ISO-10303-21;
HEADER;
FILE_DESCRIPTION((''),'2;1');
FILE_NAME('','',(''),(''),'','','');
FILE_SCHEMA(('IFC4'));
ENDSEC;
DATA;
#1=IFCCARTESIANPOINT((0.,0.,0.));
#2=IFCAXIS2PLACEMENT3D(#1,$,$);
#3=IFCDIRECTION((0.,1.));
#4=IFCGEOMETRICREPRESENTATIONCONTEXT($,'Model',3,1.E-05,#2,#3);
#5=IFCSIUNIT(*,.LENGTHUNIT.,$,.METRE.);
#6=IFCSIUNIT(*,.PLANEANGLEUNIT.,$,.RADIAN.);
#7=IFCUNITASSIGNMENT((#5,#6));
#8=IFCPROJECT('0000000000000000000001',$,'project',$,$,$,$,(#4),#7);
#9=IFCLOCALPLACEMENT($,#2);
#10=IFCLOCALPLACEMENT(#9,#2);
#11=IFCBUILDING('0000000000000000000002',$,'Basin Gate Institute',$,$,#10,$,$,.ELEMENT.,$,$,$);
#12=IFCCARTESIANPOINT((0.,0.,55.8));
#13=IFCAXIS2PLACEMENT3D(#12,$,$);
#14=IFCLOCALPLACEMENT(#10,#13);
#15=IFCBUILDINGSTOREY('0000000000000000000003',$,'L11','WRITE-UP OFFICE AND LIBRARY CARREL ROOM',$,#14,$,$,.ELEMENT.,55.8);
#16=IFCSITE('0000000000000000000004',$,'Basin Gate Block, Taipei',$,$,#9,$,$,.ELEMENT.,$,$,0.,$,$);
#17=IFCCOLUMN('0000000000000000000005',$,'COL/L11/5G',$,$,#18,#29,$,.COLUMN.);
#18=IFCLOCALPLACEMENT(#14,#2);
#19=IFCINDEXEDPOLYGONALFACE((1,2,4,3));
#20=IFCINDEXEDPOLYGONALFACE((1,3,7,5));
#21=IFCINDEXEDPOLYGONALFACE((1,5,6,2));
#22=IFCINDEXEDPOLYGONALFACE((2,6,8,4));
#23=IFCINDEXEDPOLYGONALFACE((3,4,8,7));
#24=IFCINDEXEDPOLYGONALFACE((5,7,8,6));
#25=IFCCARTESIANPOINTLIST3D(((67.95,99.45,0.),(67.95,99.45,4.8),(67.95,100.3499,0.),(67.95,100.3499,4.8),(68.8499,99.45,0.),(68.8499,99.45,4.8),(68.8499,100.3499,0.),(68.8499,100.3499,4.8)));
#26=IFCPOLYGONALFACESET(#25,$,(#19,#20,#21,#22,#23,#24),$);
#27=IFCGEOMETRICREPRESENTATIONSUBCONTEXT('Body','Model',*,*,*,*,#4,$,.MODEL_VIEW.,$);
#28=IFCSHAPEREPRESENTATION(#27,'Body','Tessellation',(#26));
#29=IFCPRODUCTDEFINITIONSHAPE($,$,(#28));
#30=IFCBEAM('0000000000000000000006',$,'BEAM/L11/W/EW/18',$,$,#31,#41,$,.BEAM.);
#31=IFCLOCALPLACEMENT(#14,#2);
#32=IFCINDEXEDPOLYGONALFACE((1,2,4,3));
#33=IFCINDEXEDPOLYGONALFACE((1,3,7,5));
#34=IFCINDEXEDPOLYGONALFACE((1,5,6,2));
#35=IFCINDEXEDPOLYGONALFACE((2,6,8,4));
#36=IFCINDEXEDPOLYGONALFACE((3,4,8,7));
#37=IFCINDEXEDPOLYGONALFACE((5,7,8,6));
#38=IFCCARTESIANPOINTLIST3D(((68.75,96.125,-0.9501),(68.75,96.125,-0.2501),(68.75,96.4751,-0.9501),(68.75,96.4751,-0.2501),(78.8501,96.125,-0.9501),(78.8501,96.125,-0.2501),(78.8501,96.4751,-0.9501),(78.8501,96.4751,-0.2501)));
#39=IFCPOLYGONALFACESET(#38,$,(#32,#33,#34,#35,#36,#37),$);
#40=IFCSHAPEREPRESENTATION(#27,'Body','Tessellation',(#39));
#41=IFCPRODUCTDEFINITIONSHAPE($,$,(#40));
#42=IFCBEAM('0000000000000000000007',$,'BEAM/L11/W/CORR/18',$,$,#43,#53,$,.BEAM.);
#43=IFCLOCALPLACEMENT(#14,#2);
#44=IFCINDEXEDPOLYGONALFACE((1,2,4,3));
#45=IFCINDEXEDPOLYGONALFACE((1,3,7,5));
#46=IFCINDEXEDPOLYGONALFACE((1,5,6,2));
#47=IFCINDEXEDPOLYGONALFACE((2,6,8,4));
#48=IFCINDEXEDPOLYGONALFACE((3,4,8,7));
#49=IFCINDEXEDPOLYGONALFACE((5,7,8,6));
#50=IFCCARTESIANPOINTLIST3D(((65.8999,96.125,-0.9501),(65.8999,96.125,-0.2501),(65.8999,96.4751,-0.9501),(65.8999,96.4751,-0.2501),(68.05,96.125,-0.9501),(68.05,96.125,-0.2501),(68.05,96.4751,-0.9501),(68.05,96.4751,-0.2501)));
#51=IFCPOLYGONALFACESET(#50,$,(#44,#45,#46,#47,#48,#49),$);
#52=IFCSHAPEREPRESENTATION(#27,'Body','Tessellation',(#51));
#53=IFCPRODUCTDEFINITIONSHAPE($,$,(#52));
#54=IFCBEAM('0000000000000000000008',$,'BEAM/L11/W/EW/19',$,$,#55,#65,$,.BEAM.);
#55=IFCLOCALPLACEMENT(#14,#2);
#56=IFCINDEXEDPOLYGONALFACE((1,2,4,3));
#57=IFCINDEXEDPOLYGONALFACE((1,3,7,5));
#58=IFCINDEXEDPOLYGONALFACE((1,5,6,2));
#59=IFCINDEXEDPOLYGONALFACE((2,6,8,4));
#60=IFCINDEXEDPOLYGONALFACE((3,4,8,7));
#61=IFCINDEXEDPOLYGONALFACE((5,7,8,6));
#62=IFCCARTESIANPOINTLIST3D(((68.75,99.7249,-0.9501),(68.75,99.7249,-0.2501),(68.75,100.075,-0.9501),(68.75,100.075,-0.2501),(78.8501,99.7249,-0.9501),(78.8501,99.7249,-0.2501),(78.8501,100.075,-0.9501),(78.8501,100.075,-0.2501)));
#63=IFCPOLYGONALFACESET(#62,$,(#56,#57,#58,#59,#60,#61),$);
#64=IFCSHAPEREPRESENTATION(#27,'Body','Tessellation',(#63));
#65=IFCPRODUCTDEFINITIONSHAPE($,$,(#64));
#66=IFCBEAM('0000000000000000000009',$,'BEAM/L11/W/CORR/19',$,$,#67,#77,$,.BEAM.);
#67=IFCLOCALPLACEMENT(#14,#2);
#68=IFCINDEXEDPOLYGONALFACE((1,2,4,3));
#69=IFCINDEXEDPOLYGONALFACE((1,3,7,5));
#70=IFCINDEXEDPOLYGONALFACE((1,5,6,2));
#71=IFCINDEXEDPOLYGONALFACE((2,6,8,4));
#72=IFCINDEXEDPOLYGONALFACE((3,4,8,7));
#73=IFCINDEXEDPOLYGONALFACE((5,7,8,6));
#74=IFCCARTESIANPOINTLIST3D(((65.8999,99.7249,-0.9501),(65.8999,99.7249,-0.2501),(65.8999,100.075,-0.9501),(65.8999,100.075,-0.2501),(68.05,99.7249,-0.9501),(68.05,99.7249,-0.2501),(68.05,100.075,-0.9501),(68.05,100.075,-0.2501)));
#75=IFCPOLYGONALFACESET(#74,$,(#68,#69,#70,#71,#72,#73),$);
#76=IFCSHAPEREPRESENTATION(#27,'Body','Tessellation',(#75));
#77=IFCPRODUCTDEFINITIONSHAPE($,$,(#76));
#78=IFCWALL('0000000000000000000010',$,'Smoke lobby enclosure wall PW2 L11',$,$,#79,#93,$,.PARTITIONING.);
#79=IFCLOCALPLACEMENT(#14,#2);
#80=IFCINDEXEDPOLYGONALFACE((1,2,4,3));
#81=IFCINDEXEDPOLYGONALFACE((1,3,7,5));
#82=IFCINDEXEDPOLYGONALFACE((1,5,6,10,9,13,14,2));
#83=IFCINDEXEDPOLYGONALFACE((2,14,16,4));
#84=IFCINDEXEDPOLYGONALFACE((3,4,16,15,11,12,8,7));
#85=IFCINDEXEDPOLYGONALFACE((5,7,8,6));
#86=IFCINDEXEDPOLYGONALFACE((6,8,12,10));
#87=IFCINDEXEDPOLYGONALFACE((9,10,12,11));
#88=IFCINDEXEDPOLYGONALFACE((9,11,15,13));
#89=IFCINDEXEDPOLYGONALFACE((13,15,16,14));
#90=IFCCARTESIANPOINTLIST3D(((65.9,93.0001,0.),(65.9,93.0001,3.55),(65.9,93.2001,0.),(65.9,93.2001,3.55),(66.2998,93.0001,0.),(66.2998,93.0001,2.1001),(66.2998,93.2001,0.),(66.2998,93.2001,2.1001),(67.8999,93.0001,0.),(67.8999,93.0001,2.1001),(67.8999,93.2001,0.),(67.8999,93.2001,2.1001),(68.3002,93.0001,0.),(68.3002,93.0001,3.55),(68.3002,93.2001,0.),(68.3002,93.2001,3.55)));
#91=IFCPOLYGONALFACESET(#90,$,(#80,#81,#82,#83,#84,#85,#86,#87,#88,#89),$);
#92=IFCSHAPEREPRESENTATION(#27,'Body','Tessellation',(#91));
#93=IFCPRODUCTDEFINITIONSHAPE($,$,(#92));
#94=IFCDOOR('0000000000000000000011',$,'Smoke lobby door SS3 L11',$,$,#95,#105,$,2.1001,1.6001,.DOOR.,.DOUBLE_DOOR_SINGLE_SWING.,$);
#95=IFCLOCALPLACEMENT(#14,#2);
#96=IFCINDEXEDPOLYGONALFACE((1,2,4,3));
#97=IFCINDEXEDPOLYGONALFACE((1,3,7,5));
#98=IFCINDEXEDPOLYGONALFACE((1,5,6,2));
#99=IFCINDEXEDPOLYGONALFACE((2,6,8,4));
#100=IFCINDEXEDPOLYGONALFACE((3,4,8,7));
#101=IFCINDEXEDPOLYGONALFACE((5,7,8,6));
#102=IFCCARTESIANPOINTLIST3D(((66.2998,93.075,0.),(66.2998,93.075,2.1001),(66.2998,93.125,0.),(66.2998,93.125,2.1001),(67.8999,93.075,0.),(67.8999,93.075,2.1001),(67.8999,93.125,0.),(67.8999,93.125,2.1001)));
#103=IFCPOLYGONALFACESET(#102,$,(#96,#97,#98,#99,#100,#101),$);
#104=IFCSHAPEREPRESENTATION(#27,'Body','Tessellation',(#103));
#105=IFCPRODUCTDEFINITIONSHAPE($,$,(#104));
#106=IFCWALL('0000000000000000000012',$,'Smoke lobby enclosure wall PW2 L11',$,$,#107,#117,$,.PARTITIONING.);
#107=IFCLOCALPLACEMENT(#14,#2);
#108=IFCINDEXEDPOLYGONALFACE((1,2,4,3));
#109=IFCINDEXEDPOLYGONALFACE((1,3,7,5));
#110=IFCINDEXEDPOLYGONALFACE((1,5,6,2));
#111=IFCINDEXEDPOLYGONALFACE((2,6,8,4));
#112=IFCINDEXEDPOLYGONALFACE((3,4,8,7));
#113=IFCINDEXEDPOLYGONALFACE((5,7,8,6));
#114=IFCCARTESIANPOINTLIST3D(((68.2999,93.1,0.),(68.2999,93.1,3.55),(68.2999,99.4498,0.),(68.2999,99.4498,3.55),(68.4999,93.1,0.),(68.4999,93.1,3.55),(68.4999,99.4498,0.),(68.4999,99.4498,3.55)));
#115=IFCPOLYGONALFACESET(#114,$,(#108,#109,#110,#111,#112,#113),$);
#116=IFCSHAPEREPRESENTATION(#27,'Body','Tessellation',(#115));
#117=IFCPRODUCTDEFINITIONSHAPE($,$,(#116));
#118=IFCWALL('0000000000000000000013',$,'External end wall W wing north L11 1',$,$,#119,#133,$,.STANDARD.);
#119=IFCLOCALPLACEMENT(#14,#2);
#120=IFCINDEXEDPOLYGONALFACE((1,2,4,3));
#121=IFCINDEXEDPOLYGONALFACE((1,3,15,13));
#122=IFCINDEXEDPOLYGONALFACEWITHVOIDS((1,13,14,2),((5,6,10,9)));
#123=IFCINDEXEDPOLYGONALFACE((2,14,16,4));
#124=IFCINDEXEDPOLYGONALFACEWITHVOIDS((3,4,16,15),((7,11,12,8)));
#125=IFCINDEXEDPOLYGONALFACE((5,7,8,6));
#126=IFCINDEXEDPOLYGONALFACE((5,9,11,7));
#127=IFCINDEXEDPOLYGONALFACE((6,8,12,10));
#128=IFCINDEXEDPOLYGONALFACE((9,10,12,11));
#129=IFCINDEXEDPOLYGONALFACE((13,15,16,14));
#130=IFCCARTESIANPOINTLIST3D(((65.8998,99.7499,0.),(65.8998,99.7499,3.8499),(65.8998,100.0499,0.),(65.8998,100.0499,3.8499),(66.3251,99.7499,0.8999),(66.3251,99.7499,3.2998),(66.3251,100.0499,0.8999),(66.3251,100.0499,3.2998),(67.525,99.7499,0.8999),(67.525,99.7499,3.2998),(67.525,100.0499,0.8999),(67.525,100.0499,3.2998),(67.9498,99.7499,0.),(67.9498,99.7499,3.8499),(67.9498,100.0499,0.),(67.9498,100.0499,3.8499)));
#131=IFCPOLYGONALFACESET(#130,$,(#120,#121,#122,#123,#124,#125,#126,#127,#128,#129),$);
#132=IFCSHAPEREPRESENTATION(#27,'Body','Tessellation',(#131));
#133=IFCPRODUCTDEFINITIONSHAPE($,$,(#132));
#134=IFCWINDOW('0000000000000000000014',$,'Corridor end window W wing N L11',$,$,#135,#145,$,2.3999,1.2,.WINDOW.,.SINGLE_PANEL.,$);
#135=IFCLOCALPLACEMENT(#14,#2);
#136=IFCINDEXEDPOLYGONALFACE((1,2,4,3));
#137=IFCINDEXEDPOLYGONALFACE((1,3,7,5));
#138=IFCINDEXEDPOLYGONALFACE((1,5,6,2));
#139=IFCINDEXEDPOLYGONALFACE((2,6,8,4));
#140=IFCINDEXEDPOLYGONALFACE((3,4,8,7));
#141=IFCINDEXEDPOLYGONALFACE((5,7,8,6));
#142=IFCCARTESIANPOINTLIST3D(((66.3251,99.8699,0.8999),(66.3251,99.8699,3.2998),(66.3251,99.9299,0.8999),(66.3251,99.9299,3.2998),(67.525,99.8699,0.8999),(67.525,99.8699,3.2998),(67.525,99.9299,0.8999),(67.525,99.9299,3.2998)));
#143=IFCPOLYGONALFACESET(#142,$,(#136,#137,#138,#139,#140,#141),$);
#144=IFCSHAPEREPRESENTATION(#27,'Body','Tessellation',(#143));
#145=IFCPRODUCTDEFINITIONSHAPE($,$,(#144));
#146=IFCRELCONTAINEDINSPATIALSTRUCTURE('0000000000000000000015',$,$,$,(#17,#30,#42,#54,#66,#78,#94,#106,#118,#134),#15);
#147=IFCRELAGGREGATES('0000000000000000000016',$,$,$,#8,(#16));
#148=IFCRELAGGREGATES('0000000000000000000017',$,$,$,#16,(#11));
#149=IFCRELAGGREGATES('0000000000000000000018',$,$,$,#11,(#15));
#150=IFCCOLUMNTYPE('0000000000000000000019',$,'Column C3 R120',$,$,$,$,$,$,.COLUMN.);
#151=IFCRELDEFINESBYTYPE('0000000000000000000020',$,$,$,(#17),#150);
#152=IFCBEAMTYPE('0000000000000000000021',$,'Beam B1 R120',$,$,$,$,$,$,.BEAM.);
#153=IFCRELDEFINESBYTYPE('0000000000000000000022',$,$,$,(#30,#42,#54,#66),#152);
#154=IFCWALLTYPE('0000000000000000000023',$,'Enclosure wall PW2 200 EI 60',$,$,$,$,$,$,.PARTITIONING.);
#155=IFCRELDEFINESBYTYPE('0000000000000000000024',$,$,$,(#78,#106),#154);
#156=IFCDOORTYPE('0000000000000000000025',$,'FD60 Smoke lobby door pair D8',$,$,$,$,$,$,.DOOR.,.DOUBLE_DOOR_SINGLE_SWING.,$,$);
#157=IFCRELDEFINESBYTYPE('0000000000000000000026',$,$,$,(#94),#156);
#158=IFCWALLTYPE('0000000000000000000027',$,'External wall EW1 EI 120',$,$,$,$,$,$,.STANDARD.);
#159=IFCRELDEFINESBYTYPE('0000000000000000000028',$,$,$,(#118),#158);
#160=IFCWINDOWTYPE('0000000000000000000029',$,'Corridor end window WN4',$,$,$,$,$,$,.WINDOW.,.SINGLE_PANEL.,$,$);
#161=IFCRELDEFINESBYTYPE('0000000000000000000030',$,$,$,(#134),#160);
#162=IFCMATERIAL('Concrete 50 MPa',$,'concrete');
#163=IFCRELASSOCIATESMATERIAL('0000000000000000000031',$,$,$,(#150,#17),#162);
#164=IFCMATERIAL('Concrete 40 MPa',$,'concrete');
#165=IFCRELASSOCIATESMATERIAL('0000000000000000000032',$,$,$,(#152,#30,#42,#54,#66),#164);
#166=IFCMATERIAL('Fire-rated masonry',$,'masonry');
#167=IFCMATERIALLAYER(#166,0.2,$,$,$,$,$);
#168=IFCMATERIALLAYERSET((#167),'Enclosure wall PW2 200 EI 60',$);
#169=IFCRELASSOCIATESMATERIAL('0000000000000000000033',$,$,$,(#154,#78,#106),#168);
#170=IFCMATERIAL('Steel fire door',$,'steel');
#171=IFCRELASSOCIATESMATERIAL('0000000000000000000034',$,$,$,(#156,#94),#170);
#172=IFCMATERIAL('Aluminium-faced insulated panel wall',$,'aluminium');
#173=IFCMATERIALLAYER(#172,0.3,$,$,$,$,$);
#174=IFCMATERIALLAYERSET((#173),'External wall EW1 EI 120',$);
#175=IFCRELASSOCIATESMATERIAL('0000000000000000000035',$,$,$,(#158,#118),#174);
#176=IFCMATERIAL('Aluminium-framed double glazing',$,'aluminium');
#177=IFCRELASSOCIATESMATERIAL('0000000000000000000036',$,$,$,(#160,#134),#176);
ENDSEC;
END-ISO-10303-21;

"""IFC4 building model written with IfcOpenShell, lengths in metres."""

from ifc_helpers import new_model, si_unit, direction, frame, frame_2d, origin, origin_2d, place, context, subcontext, project, spatial, rectangle, extrude, material, layer, layer_set, material_profile, profile_set, type_object, element, fill, save


model = new_model("IFC4")

# Units and contexts
model_context = context("Model", 3, precision=1e-05, world=origin(), true_north=direction((0.0, 1.0)))
body_context = subcontext(model_context, "Body", "Model", "MODEL_VIEW")
ifc_project = project(units=[si_unit("LENGTHUNIT", "METRE"), si_unit("PLANEANGLEUNIT", "RADIAN")], contexts=[model_context])

# Site, building, storey
site_placement = place(None, origin())
site = spatial("IfcSite", under=ifc_project, at=site_placement, Name="Basin Gate Block, Taipei", CompositionType="ELEMENT", RefElevation=0.0)
building_placement = place(site_placement, origin())
building = spatial("IfcBuilding", under=site, at=building_placement, Name="Basin Gate Institute", CompositionType="ELEMENT")
storey_placement = place(building_placement, frame((0.0, 0.0, 55.8)))
storey = spatial("IfcBuildingStorey", under=building, at=storey_placement, Name="L11", Description="WRITE-UP OFFICE AND LIBRARY CARREL ROOM", CompositionType="ELEMENT", Elevation=55.8)

# Column
ifc_material_1 = material(Name="Concrete 50 MPa", Category="concrete")
ifc_material_profile_1 = material_profile(ifc_material_1, rectangle(XDim=0.8999, YDim=0.8999, at=origin_2d()), Name="Column C3 900 x 900")
ifc_profile_set_1 = profile_set([ifc_material_profile_1], Name="Concrete 50 MPa")
column_type = type_object("IfcColumnType", Name="Column C3 R120", PredefinedType="COLUMN", material=ifc_profile_set_1)
column_placement = place(storey_placement, frame((68.3999, 99.8999, 0.0), z_axis=(0.0, 0.0, 1.0), x_axis=(1.0, 0.0, 0.0)))
element("IfcColumn", 1, at=column_placement, inside=storey, type_object=column_type, material=ifc_profile_set_1, Name="COL/L11/5G", PredefinedType="COLUMN", context=body_context, shape_type="SweptSolid", body=[
    extrude(rectangle(XDim=0.8999, YDim=0.8999, at=origin_2d()), origin(), (0.0, 0.0, 1.0), 4.8),
])

# Beams
ifc_material_2 = material(Name="Concrete 40 MPa", Category="concrete")
ifc_material_profile_2 = material_profile(ifc_material_2, rectangle(XDim=0.3501, YDim=0.7, at=origin_2d()), Name="Beam B1 350 x 700")
ifc_profile_set_2 = profile_set([ifc_material_profile_2], Name="Concrete 40 MPa")
beam_type = type_object("IfcBeamType", Name="Beam B1 R120", PredefinedType="BEAM", material=ifc_profile_set_2)
beam_1_placement = place(storey_placement, frame((68.75, 96.3, -0.6001), z_axis=(1.0, 0.0, 0.0), x_axis=(0.0, 1.0, 0.0)))
element("IfcBeam", 2, at=beam_1_placement, inside=storey, type_object=beam_type, material=ifc_profile_set_2, Name="BEAM/L11/W/EW/18", PredefinedType="BEAM", context=body_context, shape_type="SweptSolid", body=[
    extrude(rectangle(XDim=0.3501, YDim=0.7, at=origin_2d()), origin(), (0.0, 0.0, 1.0), 10.1001),
])
beam_2_placement = place(storey_placement, frame((65.8999, 96.3, -0.6001), z_axis=(1.0, 0.0, 0.0), x_axis=(0.0, 1.0, 0.0)))
element("IfcBeam", 3, at=beam_2_placement, inside=storey, type_object=beam_type, material=ifc_profile_set_2, Name="BEAM/L11/W/CORR/18", PredefinedType="BEAM", context=body_context, shape_type="SweptSolid", body=[
    extrude(rectangle(XDim=0.3501, YDim=0.7, at=origin_2d()), origin(), (0.0, 0.0, 1.0), 2.1501),
])
beam_3_placement = place(storey_placement, frame((68.75, 99.8999, -0.6001), z_axis=(1.0, 0.0, 0.0), x_axis=(0.0, 1.0, 0.0)))
element("IfcBeam", 4, at=beam_3_placement, inside=storey, type_object=beam_type, material=ifc_profile_set_2, Name="BEAM/L11/W/EW/19", PredefinedType="BEAM", context=body_context, shape_type="SweptSolid", body=[
    extrude(rectangle(XDim=0.3501, YDim=0.7, at=origin_2d()), origin(), (0.0, 0.0, 1.0), 10.1001),
])
beam_4_placement = place(storey_placement, frame((65.8999, 99.8999, -0.6001), z_axis=(1.0, 0.0, 0.0), x_axis=(0.0, 1.0, 0.0)))
element("IfcBeam", 5, at=beam_4_placement, inside=storey, type_object=beam_type, material=ifc_profile_set_2, Name="BEAM/L11/W/CORR/19", PredefinedType="BEAM", context=body_context, shape_type="SweptSolid", body=[
    extrude(rectangle(XDim=0.3501, YDim=0.7, at=origin_2d()), origin(), (0.0, 0.0, 1.0), 2.1501),
])

# Wall, opening, door
ifc_material_3 = material(Name="Fire-rated masonry", Category="masonry")
ifc_layer_1 = layer(ifc_material_3, 0.2)
ifc_layer_set_1 = layer_set([ifc_layer_1], Name="Enclosure wall PW2 200 EI 60")
wall_type_1 = type_object("IfcWallType", Name="Enclosure wall PW2 200 EI 60", PredefinedType="PARTITIONING", material=ifc_layer_set_1)
wall_1_placement = place(storey_placement, frame((65.8999, 93.1001, 0.0), z_axis=(0.0, 0.0, 1.0), x_axis=(1.0, 0.0, 0.0)))
wall_1 = element("IfcWall", 6, at=wall_1_placement, inside=storey, type_object=wall_type_1, material=ifc_layer_set_1, Name="Smoke lobby enclosure wall PW2 L11", PredefinedType="PARTITIONING", context=body_context, shape_type="SweptSolid", body=[
    extrude(rectangle(XDim=2.4001, YDim=0.2, at=frame_2d((1.2002, 0.0))), origin(), (0.0, 0.0, 1.0), 3.55),
])
opening_1_placement = place(wall_1_placement, frame((0.3999, 0.0, 0.0)))
opening_1 = element("IfcOpeningElement", 7, at=opening_1_placement, cuts=wall_1, PredefinedType="OPENING", context=body_context, shape_type="SweptSolid", body=[
    extrude(rectangle(XDim=1.6001, YDim=2.1001, at=frame_2d((0.8, 1.05))), frame((0.0, 0.1099, 0.0), z_axis=(0.0, -1.0, 0.0), x_axis=(1.0, 0.0, 0.0)), (0.0, 0.0, 1.0), 0.22),
])
ifc_material_4 = material(Name="Steel fire door", Category="steel")
door_type = type_object("IfcDoorType", Name="FD60 Smoke lobby door pair D8", OperationType="DOUBLE_DOOR_SINGLE_SWING", PredefinedType="DOOR", material=ifc_material_4)
door_placement = place(opening_1_placement, origin())
door = element("IfcDoor", 8, at=door_placement, inside=storey, type_object=door_type, material=ifc_material_4, Name="Smoke lobby door SS3 L11", OperationType="DOUBLE_DOOR_SINGLE_SWING", OverallHeight=2.1001, OverallWidth=1.6001, PredefinedType="DOOR", context=body_context, shape_type="SweptSolid", body=[
    extrude(rectangle(XDim=1.6001, YDim=2.1001, at=frame_2d((0.8, 1.05))), frame((0.0, 0.0249, 0.0), z_axis=(0.0, -1.0, 0.0), x_axis=(1.0, 0.0, 0.0)), (0.0, 0.0, 1.0), 0.05),
])
fill(opening_1, door)

# Wall
wall_2_placement = place(storey_placement, frame((68.3999, 93.1001, 0.0), z_axis=(0.0, 0.0, 1.0), x_axis=(0.0, 1.0, 0.0)))
element("IfcWall", 9, at=wall_2_placement, inside=storey, type_object=wall_type_1, material=ifc_layer_set_1, Name="Smoke lobby enclosure wall PW2 L11", PredefinedType="PARTITIONING", context=body_context, shape_type="SweptSolid", body=[
    extrude(rectangle(XDim=6.3499, YDim=0.2, at=frame_2d((3.1748, 0.0))), origin(), (0.0, 0.0, 1.0), 3.55),
])

# Wall, opening, window
ifc_material_5 = material(Name="Aluminium-faced insulated panel wall", Category="aluminium")
ifc_layer_2 = layer(ifc_material_5, 0.3)
ifc_layer_set_2 = layer_set([ifc_layer_2], Name="External wall EW1 EI 120")
wall_type_2 = type_object("IfcWallType", Name="External wall EW1 EI 120", PredefinedType="STANDARD", material=ifc_layer_set_2)
wall_3_placement = place(storey_placement, frame((65.8999, 99.8999, 0.0), z_axis=(0.0, 0.0, 1.0), x_axis=(1.0, 0.0, 0.0)))
wall_3 = element("IfcWall", 10, at=wall_3_placement, inside=storey, type_object=wall_type_2, material=ifc_layer_set_2, Name="External end wall W wing north L11 1", PredefinedType="STANDARD", context=body_context, shape_type="SweptSolid", body=[
    extrude(rectangle(XDim=2.05, YDim=0.3, at=frame_2d((1.0249, 0.0))), origin(), (0.0, 0.0, 1.0), 3.8499),
])
opening_2_placement = place(wall_3_placement, frame((0.425, 0.0, 0.8999)))
opening_2 = element("IfcOpeningElement", 11, at=opening_2_placement, cuts=wall_3, PredefinedType="OPENING", context=body_context, shape_type="SweptSolid", body=[
    extrude(rectangle(XDim=1.2, YDim=2.3999, at=frame_2d((0.6001, 1.2))), frame((0.0, 0.1602, 0.0), z_axis=(0.0, -1.0, 0.0), x_axis=(1.0, 0.0, 0.0)), (0.0, 0.0, 1.0), 0.3201),
])
ifc_material_6 = material(Name="Aluminium-framed double glazing", Category="aluminium")
window_type_1 = type_object("IfcWindowType", Name="Corridor end window WN4", PartitioningType="SINGLE_PANEL", PredefinedType="WINDOW", material=ifc_material_6)
window_1_placement = place(opening_2_placement, origin())
window_1 = element("IfcWindow", 12, at=window_1_placement, inside=storey, type_object=window_type_1, material=ifc_material_6, Name="Corridor end window W wing N L11", OverallHeight=2.3999, OverallWidth=1.2, PartitioningType="SINGLE_PANEL", PredefinedType="WINDOW", context=body_context, shape_type="SweptSolid", body=[
    extrude(rectangle(XDim=1.2, YDim=2.3999, at=frame_2d((0.6001, 1.2))), frame((0.0, 0.03, 0.0), z_axis=(0.0, -1.0, 0.0), x_axis=(1.0, 0.0, 0.0)), (0.0, 0.0, 1.0), 0.0601),
])
fill(opening_2, window_1)

save(model, "model.ifc")
